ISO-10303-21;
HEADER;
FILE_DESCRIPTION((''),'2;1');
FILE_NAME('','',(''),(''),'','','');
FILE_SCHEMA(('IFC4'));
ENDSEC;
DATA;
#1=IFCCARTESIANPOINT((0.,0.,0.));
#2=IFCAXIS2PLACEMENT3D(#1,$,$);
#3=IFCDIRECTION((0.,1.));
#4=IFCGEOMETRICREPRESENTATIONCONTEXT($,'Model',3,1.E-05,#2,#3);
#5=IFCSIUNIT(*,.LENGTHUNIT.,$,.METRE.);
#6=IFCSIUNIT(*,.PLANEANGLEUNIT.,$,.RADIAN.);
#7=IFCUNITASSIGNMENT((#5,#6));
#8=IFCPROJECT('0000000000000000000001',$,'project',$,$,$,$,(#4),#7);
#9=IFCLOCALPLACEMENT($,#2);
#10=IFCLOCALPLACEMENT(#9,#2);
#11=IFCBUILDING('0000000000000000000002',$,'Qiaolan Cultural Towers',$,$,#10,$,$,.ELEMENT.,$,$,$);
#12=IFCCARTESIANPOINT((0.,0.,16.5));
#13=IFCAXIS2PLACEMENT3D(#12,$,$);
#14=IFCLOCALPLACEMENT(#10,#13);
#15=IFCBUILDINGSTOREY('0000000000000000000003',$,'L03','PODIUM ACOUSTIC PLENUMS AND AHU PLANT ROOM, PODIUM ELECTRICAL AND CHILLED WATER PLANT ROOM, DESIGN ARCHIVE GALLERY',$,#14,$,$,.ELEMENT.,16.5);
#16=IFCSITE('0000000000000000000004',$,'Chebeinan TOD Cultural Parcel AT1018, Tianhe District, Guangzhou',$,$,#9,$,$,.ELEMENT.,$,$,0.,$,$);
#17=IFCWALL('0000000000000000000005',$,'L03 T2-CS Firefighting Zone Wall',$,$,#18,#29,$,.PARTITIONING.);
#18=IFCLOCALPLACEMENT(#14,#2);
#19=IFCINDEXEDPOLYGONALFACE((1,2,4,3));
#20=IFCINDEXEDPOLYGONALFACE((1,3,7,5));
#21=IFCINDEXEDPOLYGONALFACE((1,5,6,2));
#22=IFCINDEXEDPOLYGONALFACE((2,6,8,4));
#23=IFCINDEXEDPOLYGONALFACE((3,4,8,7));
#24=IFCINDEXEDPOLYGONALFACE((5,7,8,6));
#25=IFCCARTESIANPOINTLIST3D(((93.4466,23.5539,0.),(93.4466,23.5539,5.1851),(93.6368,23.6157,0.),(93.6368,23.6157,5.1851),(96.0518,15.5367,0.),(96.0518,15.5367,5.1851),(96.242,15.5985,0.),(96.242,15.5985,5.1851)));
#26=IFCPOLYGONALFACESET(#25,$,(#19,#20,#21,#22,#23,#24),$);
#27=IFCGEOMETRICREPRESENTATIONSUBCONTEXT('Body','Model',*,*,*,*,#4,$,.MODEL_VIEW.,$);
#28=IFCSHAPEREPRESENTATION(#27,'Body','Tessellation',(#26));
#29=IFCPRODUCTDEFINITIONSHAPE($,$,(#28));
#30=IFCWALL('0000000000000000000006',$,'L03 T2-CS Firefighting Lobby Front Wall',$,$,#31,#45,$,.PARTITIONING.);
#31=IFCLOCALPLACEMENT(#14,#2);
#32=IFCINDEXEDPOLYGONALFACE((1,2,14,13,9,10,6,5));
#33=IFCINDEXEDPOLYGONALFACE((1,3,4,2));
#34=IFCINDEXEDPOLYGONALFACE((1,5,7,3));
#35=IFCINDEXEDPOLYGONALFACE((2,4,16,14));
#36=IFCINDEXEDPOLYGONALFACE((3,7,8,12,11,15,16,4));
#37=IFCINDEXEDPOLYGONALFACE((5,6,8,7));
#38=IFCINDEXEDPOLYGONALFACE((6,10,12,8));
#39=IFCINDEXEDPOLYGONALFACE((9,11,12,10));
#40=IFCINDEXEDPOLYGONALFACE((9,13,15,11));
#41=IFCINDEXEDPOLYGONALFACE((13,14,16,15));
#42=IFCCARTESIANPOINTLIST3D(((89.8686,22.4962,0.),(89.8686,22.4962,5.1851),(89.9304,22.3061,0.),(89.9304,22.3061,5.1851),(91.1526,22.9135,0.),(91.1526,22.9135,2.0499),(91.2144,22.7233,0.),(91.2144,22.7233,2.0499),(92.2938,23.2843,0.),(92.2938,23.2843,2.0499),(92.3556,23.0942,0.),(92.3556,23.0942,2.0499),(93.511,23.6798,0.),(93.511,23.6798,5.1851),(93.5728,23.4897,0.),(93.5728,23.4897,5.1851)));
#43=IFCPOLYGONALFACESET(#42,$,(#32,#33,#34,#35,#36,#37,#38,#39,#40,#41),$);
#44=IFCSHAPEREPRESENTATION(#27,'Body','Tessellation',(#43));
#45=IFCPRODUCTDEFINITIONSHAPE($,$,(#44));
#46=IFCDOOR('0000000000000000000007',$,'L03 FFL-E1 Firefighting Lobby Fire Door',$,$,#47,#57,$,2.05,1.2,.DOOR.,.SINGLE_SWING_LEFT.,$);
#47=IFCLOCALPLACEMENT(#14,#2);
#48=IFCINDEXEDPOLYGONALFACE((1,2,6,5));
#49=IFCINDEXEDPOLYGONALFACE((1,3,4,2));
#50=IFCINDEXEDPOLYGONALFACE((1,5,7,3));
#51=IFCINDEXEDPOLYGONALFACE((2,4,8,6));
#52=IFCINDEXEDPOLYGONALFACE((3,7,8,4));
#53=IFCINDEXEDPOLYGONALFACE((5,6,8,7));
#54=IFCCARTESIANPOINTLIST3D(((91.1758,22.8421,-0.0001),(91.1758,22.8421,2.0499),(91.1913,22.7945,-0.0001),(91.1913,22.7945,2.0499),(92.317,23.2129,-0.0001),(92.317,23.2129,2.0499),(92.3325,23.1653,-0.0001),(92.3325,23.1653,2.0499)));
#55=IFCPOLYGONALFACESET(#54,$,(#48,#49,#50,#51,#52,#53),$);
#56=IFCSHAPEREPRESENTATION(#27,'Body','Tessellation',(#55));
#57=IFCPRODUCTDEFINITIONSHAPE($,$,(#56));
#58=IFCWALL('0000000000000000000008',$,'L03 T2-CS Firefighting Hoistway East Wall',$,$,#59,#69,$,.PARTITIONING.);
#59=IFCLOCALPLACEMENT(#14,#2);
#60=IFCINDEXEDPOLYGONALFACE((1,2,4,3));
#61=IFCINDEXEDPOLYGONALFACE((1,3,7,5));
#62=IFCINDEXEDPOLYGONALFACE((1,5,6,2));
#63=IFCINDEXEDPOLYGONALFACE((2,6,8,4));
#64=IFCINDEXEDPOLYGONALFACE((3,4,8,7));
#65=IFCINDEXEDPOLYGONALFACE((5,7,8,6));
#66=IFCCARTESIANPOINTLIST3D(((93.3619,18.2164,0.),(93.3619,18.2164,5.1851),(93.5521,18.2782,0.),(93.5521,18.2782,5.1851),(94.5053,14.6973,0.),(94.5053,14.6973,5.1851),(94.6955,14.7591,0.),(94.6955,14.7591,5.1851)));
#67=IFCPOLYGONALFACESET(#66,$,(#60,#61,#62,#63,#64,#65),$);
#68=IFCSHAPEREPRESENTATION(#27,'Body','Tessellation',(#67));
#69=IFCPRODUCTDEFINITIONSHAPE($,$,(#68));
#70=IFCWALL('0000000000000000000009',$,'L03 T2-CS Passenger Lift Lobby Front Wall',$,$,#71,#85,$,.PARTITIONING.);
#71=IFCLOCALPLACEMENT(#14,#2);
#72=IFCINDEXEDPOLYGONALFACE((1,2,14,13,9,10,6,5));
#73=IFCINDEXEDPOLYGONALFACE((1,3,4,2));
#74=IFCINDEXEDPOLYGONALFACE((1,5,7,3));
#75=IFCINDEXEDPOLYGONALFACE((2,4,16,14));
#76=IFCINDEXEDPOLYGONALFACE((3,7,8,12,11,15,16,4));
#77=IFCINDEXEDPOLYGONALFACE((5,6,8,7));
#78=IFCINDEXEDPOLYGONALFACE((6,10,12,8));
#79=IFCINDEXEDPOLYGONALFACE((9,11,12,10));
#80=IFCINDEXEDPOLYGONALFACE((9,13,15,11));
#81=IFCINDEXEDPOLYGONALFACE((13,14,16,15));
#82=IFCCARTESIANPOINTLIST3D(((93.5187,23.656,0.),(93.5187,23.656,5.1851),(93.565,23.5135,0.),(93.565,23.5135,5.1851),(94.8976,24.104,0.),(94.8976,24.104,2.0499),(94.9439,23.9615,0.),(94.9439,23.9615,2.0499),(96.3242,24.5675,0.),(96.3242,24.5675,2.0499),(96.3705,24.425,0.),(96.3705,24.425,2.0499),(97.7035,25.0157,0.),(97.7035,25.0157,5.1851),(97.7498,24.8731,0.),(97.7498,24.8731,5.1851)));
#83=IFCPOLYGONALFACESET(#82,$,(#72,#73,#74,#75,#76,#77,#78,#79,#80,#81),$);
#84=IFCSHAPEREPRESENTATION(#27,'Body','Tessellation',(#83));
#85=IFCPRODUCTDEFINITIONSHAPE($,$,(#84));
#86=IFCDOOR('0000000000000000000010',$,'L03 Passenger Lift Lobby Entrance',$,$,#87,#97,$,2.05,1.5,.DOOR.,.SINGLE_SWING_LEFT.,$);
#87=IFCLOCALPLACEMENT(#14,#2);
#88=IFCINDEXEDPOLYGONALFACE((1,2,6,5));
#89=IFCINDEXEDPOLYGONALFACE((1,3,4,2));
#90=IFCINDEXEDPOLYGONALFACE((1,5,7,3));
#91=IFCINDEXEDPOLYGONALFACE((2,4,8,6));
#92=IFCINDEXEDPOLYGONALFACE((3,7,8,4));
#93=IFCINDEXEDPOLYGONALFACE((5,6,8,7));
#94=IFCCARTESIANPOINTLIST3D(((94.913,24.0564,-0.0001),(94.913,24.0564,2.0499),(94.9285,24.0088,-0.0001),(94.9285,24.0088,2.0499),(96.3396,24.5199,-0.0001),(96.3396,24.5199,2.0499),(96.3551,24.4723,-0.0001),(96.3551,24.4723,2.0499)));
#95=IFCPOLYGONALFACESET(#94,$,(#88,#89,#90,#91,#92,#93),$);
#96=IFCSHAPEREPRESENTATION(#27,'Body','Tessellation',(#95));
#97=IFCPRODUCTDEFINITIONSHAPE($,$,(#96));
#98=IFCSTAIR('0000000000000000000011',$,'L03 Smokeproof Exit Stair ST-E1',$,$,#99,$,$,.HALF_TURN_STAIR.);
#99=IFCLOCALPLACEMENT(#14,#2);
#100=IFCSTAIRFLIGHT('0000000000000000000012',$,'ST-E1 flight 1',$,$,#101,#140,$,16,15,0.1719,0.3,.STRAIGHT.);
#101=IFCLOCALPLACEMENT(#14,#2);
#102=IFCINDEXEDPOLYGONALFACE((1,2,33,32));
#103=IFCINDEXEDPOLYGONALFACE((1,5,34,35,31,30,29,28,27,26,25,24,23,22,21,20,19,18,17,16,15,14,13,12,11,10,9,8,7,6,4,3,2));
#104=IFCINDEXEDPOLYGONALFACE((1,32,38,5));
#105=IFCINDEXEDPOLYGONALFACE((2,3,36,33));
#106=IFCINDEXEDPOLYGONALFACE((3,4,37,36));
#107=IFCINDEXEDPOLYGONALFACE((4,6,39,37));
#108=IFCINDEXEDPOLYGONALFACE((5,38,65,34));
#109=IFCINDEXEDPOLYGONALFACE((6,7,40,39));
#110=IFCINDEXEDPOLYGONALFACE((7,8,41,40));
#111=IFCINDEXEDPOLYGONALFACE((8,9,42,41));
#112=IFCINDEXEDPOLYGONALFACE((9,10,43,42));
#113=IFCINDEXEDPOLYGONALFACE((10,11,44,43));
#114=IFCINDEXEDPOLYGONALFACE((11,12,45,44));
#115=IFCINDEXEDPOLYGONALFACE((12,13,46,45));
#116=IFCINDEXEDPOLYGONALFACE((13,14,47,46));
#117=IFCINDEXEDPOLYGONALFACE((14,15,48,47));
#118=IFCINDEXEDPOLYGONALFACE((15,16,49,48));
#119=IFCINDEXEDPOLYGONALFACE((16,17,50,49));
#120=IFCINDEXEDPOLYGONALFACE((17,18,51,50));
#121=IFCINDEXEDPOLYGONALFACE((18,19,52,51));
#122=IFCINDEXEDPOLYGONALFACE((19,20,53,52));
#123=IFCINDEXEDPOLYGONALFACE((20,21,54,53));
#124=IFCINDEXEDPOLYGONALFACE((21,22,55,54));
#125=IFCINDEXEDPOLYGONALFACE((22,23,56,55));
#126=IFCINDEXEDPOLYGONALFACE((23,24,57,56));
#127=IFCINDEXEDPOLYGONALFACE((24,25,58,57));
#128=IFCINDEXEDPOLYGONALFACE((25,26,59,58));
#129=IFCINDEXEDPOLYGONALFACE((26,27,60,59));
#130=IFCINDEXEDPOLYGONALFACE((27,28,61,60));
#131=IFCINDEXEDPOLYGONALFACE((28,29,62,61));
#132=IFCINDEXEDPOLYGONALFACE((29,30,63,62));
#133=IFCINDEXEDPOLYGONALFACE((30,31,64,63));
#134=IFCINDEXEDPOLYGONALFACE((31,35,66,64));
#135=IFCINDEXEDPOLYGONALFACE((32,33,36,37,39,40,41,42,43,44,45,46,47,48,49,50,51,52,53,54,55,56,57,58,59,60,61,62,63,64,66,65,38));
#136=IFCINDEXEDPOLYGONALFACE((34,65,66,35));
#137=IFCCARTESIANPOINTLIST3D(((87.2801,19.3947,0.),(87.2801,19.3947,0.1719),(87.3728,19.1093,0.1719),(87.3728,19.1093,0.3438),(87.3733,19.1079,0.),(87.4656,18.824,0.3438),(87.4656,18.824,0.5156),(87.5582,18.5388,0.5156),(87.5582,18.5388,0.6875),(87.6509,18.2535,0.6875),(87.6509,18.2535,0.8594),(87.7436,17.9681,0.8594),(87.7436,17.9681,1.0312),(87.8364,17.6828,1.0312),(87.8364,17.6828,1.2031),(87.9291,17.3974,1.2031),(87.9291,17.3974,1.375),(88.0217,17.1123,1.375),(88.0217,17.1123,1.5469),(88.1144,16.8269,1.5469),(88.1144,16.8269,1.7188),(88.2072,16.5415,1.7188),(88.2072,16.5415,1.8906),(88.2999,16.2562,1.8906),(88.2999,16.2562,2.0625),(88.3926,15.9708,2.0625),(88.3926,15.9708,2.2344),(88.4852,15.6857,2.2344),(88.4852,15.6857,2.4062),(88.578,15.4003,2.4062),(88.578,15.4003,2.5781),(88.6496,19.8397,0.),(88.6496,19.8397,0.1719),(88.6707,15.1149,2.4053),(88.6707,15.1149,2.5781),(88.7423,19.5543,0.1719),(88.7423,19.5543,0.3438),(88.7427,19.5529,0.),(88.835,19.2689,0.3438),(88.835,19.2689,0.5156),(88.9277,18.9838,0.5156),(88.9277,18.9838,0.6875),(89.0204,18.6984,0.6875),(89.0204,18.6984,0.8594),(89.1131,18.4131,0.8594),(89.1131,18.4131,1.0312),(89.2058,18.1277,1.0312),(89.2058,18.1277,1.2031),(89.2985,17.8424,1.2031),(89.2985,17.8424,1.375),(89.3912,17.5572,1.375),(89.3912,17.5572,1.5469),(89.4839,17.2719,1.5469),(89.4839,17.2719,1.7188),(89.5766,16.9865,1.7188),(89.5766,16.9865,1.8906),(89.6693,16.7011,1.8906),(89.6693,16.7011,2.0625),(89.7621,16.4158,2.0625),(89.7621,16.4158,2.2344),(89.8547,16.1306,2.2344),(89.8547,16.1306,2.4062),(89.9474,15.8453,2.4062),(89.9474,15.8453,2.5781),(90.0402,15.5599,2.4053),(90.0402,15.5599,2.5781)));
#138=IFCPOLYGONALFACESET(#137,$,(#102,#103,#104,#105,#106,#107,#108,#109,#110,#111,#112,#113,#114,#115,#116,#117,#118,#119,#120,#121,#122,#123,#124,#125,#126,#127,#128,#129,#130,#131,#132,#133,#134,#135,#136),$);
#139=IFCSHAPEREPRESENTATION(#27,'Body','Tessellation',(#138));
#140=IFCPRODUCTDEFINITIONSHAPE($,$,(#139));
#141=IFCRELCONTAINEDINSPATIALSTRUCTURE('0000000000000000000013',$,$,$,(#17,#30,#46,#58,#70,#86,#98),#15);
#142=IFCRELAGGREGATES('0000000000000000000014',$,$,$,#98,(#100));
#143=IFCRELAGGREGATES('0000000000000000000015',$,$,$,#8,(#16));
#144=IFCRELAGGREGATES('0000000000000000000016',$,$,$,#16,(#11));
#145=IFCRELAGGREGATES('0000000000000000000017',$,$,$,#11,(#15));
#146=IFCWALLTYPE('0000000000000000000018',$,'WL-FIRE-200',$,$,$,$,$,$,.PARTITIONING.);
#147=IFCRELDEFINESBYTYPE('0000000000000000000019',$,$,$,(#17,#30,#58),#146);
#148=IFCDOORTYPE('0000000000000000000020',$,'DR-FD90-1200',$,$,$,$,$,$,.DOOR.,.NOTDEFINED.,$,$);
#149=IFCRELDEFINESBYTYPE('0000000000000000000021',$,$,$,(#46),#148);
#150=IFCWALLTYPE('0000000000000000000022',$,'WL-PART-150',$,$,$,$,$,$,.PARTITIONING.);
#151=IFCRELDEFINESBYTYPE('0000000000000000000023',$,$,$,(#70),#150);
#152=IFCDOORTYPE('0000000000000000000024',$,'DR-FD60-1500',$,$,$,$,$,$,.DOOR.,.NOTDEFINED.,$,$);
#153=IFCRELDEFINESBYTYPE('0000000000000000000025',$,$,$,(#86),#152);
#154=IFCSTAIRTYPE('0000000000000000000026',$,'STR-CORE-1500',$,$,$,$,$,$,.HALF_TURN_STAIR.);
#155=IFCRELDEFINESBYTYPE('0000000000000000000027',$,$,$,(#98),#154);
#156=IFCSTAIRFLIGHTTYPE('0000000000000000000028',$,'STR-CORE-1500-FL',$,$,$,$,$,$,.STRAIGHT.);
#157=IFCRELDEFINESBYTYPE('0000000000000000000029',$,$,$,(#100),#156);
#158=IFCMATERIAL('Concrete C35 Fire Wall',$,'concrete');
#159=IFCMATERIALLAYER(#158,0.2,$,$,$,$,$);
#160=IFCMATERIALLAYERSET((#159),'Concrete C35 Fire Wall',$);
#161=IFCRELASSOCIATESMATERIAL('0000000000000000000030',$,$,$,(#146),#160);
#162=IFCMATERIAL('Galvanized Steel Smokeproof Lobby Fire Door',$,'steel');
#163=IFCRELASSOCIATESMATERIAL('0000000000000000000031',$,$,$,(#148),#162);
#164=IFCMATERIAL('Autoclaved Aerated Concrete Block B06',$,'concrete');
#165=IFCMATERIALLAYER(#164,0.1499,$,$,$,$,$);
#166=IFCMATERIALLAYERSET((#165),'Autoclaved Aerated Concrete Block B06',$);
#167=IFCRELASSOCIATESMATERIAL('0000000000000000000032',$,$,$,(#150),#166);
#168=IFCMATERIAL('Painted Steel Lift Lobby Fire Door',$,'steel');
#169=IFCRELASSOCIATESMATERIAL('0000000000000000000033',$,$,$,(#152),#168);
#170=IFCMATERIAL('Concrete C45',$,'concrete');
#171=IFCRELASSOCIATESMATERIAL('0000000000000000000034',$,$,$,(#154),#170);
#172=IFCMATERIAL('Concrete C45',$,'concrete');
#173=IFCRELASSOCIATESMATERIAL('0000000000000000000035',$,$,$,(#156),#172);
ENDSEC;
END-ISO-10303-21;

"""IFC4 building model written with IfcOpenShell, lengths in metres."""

from ifc_helpers import new_model, si_unit, direction, frame, frame_2d, origin, place, context, subcontext, project, spatial, polyline, rectangle, outline, extrude, material, layer, layer_set, type_object, element, fill, aggregate, save


model = new_model("IFC4")

# Units and contexts
model_context = context("Model", 3, precision=1e-05, world=origin(), true_north=direction((0.0, 1.0)))
body_context = subcontext(model_context, "Body", "Model", "MODEL_VIEW")
ifc_project = project(units=[si_unit("LENGTHUNIT", "METRE"), si_unit("PLANEANGLEUNIT", "RADIAN")], contexts=[model_context])

# Site, building, storey
site_placement = place(None, origin())
site = spatial("IfcSite", under=ifc_project, at=site_placement, Name="Chebeinan TOD Cultural Parcel AT1018, Tianhe District, Guangzhou", CompositionType="ELEMENT", RefElevation=0.0)
building_placement = place(site_placement, origin())
building = spatial("IfcBuilding", under=site, at=building_placement, Name="Qiaolan Cultural Towers", CompositionType="ELEMENT")
storey_placement = place(building_placement, frame((0.0, 0.0, 16.5)))
storey = spatial("IfcBuildingStorey", under=building, at=storey_placement, Name="L03", Description="PODIUM ACOUSTIC PLENUMS AND AHU PLANT ROOM, PODIUM ELECTRICAL AND CHILLED WATER PLANT ROOM, DESIGN ARCHIVE GALLERY", CompositionType="ELEMENT", Elevation=16.5)

# Shared definitions
ifc_material_1 = material(Name="Concrete C35 Fire Wall", Category="concrete")
ifc_layer_1 = layer(ifc_material_1, 0.2)
ifc_layer_set_1 = layer_set([ifc_layer_1], Name="Concrete C35 Fire Wall")
wall_type_1 = type_object("IfcWallType", Name="WL-FIRE-200", PredefinedType="PARTITIONING", material=ifc_layer_set_1)

# Wall
wall_1_placement = place(storey_placement, frame((93.5417, 23.5847, 0.0), z_axis=(0.0, 0.0, 1.0), x_axis=(0.309042, -0.951048, 0.0)))
element("IfcWall", 1, at=wall_1_placement, inside=storey, type_object=wall_type_1, Name="L03 T2-CS Firefighting Zone Wall", PredefinedType="PARTITIONING", context=body_context, shape_type="SweptSolid", body=[
    extrude(rectangle(XDim=8.4299, YDim=0.2, at=frame_2d((4.2148, 0.0))), origin(), (0.0, 0.0, 1.0), 5.1851),
])

# Wall, opening, door
wall_2_placement = place(storey_placement, frame((89.8994, 22.4011, 0.0), z_axis=(0.0, 0.0, 1.0), x_axis=(0.951047, 0.309047, 0.0)))
wall_2 = element("IfcWall", 2, at=wall_2_placement, inside=storey, type_object=wall_type_1, Name="L03 T2-CS Firefighting Lobby Front Wall", PredefinedType="PARTITIONING", context=body_context, shape_type="SweptSolid", body=[
    extrude(rectangle(XDim=3.8298, YDim=0.2, at=frame_2d((1.915, 0.0))), origin(), (0.0, 0.0, 1.0), 5.1851),
])
opening_1_placement = place(wall_2_placement, frame((1.3501, 0.0, 0.0)))
opening_1 = element("IfcOpeningElement", 3, at=opening_1_placement, cuts=wall_2, PredefinedType="OPENING", context=body_context, shape_type="SweptSolid", body=[
    extrude(rectangle(XDim=1.2, YDim=2.05, at=frame_2d((0.6001, 1.0249))), frame((0.0, 0.1099, 0.0), z_axis=(0.0, -1.0, 0.0), x_axis=(1.0, 0.0, 0.0)), (0.0, 0.0, 1.0), 0.22),
])
ifc_material_2 = material(Name="Galvanized Steel Smokeproof Lobby Fire Door", Category="steel")
door_type_1 = type_object("IfcDoorType", Name="DR-FD90-1200", OperationType="NOTDEFINED", PredefinedType="DOOR", material=ifc_material_2)
door_1_placement = place(opening_1_placement, origin())
door_1 = element("IfcDoor", 4, at=door_1_placement, inside=storey, type_object=door_type_1, Name="L03 FFL-E1 Firefighting Lobby Fire Door", OperationType="SINGLE_SWING_LEFT", OverallHeight=2.05, OverallWidth=1.2, PredefinedType="DOOR", context=body_context, shape_type="SweptSolid", body=[
    extrude(rectangle(XDim=1.2, YDim=2.05, at=frame_2d((0.6001, 1.0249))), frame((0.0, 0.0249, 0.0), z_axis=(0.0, -1.0, 0.0), x_axis=(1.0, 0.0, 0.0)), (0.0, 0.0, 1.0), 0.05),
])
fill(opening_1, door_1)

# Wall
wall_3_placement = place(storey_placement, frame((93.457, 18.2473, 0.0), z_axis=(0.0, 0.0, 1.0), x_axis=(0.308994, -0.951064, 0.0)))
element("IfcWall", 5, at=wall_3_placement, inside=storey, type_object=wall_type_1, Name="L03 T2-CS Firefighting Hoistway East Wall", PredefinedType="PARTITIONING", context=body_context, shape_type="SweptSolid", body=[
    extrude(rectangle(XDim=3.7002, YDim=0.2, at=frame_2d((1.8501, 0.0))), origin(), (0.0, 0.0, 1.0), 5.1851),
])

# Wall, opening, door
ifc_material_3 = material(Name="Autoclaved Aerated Concrete Block B06", Category="concrete")
ifc_layer_2 = layer(ifc_material_3, 0.1499)
ifc_layer_set_2 = layer_set([ifc_layer_2], Name="Autoclaved Aerated Concrete Block B06")
wall_type_2 = type_object("IfcWallType", Name="WL-PART-150", PredefinedType="PARTITIONING", material=ifc_layer_set_2)
wall_4_placement = place(storey_placement, frame((93.5417, 23.5847, 0.0), z_axis=(0.0, 0.0, 1.0), x_axis=(0.951064, 0.308994, 0.0)))
wall_4 = element("IfcWall", 6, at=wall_4_placement, inside=storey, type_object=wall_type_2, Name="L03 T2-CS Passenger Lift Lobby Front Wall", PredefinedType="PARTITIONING", context=body_context, shape_type="SweptSolid", body=[
    extrude(rectangle(XDim=4.4001, YDim=0.1499, at=frame_2d((2.2002, 0.0))), origin(), (0.0, 0.0, 1.0), 5.1851),
])
opening_2_placement = place(wall_4_placement, frame((1.45, 0.0, 0.0)))
opening_2 = element("IfcOpeningElement", 7, at=opening_2_placement, cuts=wall_4, PredefinedType="OPENING", context=body_context, shape_type="SweptSolid", body=[
    extrude(rectangle(XDim=1.5, YDim=2.05, at=frame_2d((0.75, 1.0249))), frame((0.0, 0.085, 0.0), z_axis=(0.0, -1.0, 0.0), x_axis=(1.0, 0.0, 0.0)), (0.0, 0.0, 1.0), 0.1699),
])
ifc_material_4 = material(Name="Painted Steel Lift Lobby Fire Door", Category="steel")
door_type_2 = type_object("IfcDoorType", Name="DR-FD60-1500", OperationType="NOTDEFINED", PredefinedType="DOOR", material=ifc_material_4)
door_2_placement = place(opening_2_placement, origin())
door_2 = element("IfcDoor", 8, at=door_2_placement, inside=storey, type_object=door_type_2, Name="L03 Passenger Lift Lobby Entrance", OperationType="SINGLE_SWING_LEFT", OverallHeight=2.05, OverallWidth=1.5, PredefinedType="DOOR", context=body_context, shape_type="SweptSolid", body=[
    extrude(rectangle(XDim=1.5, YDim=2.05, at=frame_2d((0.75, 1.0249))), frame((0.0, 0.0249, 0.0), z_axis=(0.0, -1.0, 0.0), x_axis=(1.0, 0.0, 0.0)), (0.0, 0.0, 1.0), 0.05),
])
fill(opening_2, door_2)

# Stair, stair flight
ifc_material_5 = material(Name="Concrete C45", Category="concrete")
stair_type = type_object("IfcStairType", Name="STR-CORE-1500", PredefinedType="HALF_TURN_STAIR", material=ifc_material_5)
stair_placement = place(storey_placement, origin())
stair = element("IfcStair", 9, at=stair_placement, inside=storey, type_object=stair_type, Name="L03 Smokeproof Exit Stair ST-E1", PredefinedType="HALF_TURN_STAIR")
ifc_material_6 = material(Name="Concrete C45", Category="concrete")
stair_flight_type = type_object("IfcStairFlightType", Name="STR-CORE-1500-FL", PredefinedType="STRAIGHT", material=ifc_material_6)
stair_flight_placement = place(storey_placement, frame((87.9648, 19.6172, 0.0), z_axis=(0.0, 0.0, 1.0), x_axis=(0.309017, -0.951057, 0.0)))
stair_flight = element("IfcStairFlight", 10, at=stair_flight_placement, type_object=stair_flight_type, Name="ST-E1 flight 1", NumberOfRisers=16, NumberOfTreads=15, PredefinedType="STRAIGHT", RiserHeight=0.1719, TreadLength=0.3, context=body_context, shape_type="SweptSolid", body=[
    extrude(outline(polyline([(0.0, 0.0), (0.0, 0.1719), (0.3, 0.1719), (0.3, 0.3438), (0.6001, 0.3438), (0.6001, 0.5156), (0.8999, 0.5156), (0.8999, 0.6875), (1.2, 0.6875), (1.2, 0.8594), (1.5, 0.8594), (1.5, 1.0312), (1.8, 1.0312), (1.8, 1.2031), (2.1001, 1.2031), (2.1001, 1.375), (2.3999, 1.375), (2.3999, 1.5469), (2.7, 1.5469), (2.7, 1.7188), (3.0, 1.7188), (3.0, 1.8906), (3.3, 1.8906), (3.3, 2.0625), (3.6001, 2.0625), (3.6001, 2.2344), (3.8999, 2.2344), (3.8999, 2.4062), (4.2, 2.4062), (4.2, 2.5781), (4.5, 2.5781), (4.5, 2.75), (4.5, 2.4053), (0.3015, 0.0), (0.0, 0.0)])), frame((0.0, 0.72, 0.0), z_axis=(0.0, -1.0, 0.0), x_axis=(1.0, 0.0, 0.0)), (0.0, 0.0, 1.0), 1.4399),
])
aggregate(stair, [stair_flight])

save(model, "model.ifc")
